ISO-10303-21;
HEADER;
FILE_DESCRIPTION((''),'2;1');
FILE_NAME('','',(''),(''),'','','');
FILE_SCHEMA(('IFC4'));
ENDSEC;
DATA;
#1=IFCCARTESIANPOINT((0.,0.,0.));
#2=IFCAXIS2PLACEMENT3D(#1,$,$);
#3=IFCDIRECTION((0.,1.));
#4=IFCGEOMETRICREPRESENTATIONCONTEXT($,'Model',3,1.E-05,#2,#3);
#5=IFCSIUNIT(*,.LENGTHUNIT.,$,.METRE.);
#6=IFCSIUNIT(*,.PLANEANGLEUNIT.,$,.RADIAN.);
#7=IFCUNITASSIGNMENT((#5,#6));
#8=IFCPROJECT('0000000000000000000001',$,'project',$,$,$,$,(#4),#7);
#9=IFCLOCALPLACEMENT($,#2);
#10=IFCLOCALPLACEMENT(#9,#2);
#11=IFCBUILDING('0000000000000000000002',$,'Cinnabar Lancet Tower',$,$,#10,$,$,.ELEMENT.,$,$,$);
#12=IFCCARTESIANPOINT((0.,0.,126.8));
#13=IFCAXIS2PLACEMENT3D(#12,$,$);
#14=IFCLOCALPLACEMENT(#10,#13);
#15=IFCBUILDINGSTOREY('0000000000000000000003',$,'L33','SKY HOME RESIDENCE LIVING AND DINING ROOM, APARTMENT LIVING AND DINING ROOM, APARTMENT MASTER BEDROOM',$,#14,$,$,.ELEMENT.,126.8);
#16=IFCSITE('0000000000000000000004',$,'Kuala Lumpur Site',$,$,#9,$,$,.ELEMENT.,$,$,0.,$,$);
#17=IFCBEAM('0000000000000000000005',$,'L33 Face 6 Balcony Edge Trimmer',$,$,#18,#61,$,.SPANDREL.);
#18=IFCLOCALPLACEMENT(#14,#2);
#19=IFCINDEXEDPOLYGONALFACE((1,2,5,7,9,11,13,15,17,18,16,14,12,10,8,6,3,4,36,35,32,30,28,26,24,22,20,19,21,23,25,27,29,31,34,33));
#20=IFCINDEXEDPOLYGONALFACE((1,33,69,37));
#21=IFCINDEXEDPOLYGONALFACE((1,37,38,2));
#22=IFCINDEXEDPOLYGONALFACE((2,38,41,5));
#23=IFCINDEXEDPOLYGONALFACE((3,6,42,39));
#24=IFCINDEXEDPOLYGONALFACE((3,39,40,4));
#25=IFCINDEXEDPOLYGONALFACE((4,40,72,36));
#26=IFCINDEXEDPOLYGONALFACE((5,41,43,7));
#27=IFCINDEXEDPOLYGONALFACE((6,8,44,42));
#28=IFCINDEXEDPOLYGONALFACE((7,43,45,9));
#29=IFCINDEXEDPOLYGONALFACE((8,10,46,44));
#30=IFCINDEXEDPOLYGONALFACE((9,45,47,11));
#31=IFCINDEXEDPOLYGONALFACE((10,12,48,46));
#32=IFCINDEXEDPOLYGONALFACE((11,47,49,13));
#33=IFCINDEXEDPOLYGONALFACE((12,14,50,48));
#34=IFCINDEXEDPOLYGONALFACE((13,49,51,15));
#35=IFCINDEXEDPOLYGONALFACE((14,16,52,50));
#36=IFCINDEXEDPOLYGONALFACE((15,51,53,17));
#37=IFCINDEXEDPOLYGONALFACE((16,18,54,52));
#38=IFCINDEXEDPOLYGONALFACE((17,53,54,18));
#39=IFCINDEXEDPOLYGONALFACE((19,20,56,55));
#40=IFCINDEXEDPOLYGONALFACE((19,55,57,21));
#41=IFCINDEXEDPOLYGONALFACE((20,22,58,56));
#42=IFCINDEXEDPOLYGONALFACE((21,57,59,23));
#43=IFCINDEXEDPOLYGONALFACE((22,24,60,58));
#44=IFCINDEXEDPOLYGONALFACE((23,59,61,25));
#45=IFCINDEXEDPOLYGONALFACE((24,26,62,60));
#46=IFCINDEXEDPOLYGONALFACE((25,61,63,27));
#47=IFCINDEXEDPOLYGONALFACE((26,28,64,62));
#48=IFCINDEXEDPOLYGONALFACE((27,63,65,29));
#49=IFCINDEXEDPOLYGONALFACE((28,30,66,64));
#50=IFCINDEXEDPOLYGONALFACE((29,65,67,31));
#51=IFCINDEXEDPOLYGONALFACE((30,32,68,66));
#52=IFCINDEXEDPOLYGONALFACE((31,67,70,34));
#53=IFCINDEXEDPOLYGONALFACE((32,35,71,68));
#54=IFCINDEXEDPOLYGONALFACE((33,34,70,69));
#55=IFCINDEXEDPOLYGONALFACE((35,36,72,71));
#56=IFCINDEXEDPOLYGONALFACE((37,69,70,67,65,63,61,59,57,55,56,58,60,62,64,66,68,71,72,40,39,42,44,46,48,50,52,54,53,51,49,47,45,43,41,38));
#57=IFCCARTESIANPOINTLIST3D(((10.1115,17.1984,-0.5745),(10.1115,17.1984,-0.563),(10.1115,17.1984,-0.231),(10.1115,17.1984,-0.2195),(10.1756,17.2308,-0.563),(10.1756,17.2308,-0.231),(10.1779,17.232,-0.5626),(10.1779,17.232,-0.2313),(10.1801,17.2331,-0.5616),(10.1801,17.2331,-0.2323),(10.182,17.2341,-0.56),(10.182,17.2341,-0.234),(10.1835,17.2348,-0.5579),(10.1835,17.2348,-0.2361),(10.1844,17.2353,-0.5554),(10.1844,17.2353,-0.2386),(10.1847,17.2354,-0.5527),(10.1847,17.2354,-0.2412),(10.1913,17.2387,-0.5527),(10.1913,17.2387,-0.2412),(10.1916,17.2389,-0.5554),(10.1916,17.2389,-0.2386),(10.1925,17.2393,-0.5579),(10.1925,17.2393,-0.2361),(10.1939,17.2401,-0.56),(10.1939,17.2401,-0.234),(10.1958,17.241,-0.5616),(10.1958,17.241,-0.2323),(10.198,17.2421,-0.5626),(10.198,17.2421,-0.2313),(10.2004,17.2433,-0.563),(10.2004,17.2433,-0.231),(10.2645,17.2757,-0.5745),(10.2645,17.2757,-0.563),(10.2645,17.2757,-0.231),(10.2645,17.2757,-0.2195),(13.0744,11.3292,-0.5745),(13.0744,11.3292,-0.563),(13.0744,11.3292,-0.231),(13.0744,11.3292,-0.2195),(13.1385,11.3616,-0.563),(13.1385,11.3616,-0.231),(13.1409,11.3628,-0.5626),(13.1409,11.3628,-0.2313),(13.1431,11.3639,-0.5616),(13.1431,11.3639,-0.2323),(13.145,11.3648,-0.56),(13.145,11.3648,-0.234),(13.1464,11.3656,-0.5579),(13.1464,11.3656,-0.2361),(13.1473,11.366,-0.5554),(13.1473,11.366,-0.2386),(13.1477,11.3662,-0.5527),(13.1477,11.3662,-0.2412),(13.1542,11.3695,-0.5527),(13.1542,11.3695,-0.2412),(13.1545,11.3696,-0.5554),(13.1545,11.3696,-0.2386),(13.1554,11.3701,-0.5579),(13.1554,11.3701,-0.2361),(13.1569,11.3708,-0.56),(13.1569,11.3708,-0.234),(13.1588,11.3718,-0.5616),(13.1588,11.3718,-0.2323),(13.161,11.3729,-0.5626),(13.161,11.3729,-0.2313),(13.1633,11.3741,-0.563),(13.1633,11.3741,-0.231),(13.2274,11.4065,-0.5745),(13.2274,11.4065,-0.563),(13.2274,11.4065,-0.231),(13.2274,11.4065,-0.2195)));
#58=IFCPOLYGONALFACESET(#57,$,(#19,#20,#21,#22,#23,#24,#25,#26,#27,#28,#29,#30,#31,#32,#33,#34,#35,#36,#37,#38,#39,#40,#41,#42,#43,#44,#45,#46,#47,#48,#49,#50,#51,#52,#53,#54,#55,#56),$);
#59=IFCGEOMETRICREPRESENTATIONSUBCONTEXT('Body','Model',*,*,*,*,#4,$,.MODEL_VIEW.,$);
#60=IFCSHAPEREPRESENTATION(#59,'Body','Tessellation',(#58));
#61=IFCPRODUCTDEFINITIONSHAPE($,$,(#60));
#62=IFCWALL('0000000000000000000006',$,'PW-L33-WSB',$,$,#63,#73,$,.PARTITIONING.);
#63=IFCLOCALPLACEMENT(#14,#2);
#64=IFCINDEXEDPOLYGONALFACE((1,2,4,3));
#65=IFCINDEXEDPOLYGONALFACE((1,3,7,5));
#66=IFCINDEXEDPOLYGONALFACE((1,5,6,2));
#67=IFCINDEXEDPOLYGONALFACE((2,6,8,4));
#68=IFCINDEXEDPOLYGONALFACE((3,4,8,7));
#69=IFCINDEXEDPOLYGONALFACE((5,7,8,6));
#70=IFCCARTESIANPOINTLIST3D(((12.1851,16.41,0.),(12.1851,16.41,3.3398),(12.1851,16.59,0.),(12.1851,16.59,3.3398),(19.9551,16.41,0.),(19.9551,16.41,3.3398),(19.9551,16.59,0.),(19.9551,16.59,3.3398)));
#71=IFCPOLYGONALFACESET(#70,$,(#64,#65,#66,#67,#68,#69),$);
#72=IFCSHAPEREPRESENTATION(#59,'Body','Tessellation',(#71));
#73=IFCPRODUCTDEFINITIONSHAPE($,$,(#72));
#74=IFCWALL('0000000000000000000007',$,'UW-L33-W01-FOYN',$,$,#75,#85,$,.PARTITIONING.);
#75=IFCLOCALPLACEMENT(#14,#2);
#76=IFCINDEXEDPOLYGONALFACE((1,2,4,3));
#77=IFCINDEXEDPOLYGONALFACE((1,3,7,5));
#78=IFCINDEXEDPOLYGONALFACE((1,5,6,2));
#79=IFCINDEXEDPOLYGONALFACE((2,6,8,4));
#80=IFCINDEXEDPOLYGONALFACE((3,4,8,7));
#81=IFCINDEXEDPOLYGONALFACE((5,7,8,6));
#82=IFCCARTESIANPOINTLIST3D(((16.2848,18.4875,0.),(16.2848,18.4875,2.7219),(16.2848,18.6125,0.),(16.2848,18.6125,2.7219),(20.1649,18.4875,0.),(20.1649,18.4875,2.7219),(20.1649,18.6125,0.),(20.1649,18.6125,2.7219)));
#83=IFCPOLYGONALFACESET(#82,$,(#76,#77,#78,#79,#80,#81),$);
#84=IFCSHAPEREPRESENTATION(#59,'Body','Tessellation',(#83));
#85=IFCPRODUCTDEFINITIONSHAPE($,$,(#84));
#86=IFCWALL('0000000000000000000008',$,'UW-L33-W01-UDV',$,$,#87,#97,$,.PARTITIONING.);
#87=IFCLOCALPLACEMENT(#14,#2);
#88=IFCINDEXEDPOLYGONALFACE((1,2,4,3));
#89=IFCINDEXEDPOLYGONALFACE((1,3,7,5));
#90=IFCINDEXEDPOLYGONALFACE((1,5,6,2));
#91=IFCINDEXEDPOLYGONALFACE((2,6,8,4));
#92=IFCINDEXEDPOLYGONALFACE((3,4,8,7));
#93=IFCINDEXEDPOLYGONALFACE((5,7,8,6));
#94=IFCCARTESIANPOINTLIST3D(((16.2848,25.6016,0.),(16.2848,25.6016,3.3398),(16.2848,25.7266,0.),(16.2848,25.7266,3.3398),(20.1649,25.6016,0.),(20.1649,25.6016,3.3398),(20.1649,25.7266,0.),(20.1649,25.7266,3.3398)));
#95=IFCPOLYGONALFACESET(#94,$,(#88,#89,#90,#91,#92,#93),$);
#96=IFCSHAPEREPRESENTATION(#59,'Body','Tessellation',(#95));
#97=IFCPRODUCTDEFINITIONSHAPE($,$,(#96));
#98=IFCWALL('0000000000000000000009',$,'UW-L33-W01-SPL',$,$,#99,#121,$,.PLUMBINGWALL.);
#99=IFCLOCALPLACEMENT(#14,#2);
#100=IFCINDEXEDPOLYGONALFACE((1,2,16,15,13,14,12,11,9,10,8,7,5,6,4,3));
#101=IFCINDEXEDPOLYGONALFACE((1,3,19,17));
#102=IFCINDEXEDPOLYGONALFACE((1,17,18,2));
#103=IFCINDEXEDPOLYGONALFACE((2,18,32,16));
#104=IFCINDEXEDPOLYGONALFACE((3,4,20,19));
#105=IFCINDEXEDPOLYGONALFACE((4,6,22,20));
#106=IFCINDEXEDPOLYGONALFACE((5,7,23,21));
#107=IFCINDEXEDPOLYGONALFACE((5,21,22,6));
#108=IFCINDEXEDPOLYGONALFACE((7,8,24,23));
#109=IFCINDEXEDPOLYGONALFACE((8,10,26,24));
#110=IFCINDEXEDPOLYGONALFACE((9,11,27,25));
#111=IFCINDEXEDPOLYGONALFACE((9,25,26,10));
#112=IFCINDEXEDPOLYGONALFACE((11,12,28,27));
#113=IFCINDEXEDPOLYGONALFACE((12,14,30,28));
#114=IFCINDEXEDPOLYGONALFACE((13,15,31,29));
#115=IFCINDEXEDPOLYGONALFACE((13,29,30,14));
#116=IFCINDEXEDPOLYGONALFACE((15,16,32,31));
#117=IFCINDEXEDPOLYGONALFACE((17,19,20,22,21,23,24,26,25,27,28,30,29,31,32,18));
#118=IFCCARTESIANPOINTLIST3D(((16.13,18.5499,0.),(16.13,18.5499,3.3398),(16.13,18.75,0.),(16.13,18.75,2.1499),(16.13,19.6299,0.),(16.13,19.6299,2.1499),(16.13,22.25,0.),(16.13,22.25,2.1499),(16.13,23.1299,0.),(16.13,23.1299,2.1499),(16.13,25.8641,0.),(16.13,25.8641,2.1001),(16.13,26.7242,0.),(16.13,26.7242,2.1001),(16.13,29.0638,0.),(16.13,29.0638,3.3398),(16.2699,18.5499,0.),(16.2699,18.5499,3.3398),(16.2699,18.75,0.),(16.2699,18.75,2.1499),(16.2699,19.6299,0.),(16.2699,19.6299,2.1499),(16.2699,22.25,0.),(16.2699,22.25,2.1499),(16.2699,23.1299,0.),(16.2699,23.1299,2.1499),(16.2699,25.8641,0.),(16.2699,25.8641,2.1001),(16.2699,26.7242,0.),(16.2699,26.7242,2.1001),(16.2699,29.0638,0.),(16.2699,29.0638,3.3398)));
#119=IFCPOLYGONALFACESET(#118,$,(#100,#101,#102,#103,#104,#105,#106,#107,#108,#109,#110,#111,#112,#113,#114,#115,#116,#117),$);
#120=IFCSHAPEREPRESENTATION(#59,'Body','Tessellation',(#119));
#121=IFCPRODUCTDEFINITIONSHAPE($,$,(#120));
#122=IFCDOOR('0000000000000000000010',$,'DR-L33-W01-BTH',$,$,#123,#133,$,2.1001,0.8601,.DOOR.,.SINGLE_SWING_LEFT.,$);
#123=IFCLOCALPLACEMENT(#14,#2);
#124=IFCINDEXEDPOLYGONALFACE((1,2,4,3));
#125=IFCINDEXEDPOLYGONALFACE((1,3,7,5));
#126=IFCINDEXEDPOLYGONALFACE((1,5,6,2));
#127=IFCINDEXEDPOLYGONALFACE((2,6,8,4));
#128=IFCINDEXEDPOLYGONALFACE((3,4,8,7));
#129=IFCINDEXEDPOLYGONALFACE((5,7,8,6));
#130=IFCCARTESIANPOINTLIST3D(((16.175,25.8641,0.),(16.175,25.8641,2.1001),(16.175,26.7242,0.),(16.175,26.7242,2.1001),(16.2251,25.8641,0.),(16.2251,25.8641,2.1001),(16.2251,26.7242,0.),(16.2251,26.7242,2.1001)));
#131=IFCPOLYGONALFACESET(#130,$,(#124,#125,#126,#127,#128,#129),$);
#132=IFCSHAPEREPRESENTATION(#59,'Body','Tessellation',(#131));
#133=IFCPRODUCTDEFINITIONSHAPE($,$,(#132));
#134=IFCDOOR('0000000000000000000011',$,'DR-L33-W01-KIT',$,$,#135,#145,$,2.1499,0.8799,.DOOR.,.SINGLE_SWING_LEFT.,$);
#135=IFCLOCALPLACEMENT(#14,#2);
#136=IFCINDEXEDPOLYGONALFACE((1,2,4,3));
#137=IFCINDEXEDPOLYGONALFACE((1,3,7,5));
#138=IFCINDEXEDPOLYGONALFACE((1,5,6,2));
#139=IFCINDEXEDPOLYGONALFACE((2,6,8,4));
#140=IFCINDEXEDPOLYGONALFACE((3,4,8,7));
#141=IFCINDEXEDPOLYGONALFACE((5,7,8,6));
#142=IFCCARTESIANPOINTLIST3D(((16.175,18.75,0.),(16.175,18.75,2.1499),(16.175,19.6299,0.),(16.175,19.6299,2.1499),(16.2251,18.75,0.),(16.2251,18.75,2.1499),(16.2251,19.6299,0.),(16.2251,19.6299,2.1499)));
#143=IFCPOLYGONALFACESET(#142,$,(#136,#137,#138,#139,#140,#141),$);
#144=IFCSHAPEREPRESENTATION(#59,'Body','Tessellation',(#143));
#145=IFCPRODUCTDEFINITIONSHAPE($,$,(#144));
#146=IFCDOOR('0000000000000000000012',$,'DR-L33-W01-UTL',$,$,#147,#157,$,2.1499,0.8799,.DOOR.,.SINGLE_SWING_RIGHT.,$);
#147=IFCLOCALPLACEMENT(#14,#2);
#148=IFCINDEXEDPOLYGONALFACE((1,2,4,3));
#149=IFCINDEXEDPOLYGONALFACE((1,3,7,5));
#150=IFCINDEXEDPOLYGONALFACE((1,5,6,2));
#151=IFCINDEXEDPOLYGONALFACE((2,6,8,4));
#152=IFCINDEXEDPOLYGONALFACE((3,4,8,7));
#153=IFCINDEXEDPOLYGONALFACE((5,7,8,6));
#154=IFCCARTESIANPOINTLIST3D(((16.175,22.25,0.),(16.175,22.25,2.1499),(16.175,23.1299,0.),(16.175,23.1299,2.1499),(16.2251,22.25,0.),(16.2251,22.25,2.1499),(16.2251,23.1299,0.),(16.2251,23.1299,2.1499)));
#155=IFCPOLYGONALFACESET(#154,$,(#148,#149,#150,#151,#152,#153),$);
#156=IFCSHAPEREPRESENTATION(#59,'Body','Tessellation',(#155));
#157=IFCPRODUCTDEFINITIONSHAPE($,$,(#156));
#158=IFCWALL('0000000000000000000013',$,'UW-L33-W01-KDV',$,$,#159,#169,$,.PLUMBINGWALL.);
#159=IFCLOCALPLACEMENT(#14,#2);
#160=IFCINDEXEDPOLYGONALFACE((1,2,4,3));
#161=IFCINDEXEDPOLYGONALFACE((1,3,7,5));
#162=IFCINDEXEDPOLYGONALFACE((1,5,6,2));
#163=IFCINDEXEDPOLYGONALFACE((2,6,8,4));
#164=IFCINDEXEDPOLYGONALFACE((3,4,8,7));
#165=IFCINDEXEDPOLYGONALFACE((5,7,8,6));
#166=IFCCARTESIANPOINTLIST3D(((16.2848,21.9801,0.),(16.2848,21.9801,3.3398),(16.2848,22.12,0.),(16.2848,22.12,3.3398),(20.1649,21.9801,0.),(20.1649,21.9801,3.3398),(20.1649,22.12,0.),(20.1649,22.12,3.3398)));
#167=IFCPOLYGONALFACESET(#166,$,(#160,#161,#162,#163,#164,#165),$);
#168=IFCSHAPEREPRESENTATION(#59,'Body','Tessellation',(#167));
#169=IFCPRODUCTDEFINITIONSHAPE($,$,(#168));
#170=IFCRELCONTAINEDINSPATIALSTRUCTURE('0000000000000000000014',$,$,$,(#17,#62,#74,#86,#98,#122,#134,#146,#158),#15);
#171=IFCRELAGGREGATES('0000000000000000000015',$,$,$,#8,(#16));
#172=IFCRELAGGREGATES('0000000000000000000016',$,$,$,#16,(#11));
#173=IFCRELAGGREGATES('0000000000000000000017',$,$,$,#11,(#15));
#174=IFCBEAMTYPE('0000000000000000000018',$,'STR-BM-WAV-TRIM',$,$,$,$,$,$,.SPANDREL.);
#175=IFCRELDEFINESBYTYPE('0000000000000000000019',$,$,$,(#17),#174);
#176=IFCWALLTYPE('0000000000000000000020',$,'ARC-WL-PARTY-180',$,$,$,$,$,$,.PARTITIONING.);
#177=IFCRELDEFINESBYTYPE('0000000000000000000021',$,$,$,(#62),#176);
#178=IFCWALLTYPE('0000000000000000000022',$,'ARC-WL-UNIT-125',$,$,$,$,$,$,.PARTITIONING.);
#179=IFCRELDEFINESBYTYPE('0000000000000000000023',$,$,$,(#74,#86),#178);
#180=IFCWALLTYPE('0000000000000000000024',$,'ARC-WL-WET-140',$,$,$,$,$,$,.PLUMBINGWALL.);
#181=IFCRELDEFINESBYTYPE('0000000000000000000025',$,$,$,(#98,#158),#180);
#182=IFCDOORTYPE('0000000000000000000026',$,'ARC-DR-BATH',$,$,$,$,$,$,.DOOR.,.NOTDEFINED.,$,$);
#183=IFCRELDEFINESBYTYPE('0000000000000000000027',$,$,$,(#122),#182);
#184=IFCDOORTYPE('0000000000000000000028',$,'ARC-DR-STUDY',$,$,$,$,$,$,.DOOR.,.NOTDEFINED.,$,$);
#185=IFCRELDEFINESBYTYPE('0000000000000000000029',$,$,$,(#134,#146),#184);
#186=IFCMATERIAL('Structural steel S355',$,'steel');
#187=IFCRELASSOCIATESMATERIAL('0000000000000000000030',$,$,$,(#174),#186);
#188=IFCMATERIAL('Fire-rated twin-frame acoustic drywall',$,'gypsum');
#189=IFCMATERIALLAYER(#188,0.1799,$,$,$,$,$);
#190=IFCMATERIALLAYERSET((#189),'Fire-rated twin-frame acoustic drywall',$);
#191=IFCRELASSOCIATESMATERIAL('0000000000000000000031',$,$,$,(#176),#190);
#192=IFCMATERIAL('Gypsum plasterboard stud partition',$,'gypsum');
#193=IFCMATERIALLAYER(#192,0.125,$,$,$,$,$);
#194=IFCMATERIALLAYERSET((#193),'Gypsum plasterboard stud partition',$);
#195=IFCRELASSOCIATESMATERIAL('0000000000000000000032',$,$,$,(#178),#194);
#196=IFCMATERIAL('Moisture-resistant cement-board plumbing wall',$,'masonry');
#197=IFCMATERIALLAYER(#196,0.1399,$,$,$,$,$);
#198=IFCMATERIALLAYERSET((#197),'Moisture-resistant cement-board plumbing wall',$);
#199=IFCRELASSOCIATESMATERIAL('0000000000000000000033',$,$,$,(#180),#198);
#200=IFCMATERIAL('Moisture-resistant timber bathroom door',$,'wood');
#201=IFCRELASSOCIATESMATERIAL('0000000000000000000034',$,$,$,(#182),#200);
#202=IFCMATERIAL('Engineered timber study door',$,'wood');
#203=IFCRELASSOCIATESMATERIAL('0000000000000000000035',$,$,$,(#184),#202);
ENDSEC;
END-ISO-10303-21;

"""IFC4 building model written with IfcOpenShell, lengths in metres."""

from ifc_helpers import new_model, si_unit, direction, frame, frame_2d, origin, origin_2d, place, context, subcontext, project, spatial, rectangle, i_section, extrude, material, layer, layer_set, material_profile, profile_set, type_object, element, fill, save


model = new_model("IFC4")

# Units and contexts
model_context = context("Model", 3, precision=1e-05, world=origin(), true_north=direction((0.0, 1.0)))
body_context = subcontext(model_context, "Body", "Model", "MODEL_VIEW")
ifc_project = project(units=[si_unit("LENGTHUNIT", "METRE"), si_unit("PLANEANGLEUNIT", "RADIAN")], contexts=[model_context])

# Site, building, storey
site_placement = place(None, origin())
site = spatial("IfcSite", under=ifc_project, at=site_placement, Name="Kuala Lumpur Site", CompositionType="ELEMENT", RefElevation=0.0)
building_placement = place(site_placement, origin())
building = spatial("IfcBuilding", under=site, at=building_placement, Name="Cinnabar Lancet Tower", CompositionType="ELEMENT")
storey_placement = place(building_placement, frame((0.0, 0.0, 126.8)))
storey = spatial("IfcBuildingStorey", under=building, at=storey_placement, Name="L33", Description="SKY HOME RESIDENCE LIVING AND DINING ROOM, APARTMENT LIVING AND DINING ROOM, APARTMENT MASTER BEDROOM", CompositionType="ELEMENT", Elevation=126.8)

# Beam
ifc_material_1 = material(Name="Structural steel S355", Category="steel")
ifc_material_profile_1 = material_profile(ifc_material_1, i_section(OverallWidth=0.1714, OverallDepth=0.355, WebThickness=0.0073, FlangeThickness=0.0115, FilletRadius=0.0103, at=origin_2d()), Name="UKB 356x171x51")
ifc_profile_set_1 = profile_set([ifc_material_profile_1], Name="Structural steel S355")
beam_type_1 = type_object("IfcBeamType", Name="STR-BM-WAV-TRIM", PredefinedType="SPANDREL", material=ifc_profile_set_1)
beam_1_placement = place(storey_placement, frame((10.188, 17.2371, -0.397), z_axis=(0.450656, -0.892698, 0.0), x_axis=(0.892698, 0.450656, 0.0)))
element("IfcBeam", 1, at=beam_1_placement, inside=storey, type_object=beam_type_1, Name="L33 Face 6 Balcony Edge Trimmer", PredefinedType="SPANDREL", context=body_context, shape_type="SweptSolid", body=[
    extrude(i_section(OverallWidth=0.1714, OverallDepth=0.355, WebThickness=0.0073, FlangeThickness=0.0115, FilletRadius=0.0103, at=origin_2d()), origin(), (0.0, 0.0, 1.0), 6.5747),
])

# Walls
ifc_material_2 = material(Name="Fire-rated twin-frame acoustic drywall", Category="gypsum")
ifc_layer_1 = layer(ifc_material_2, 0.1799)
ifc_layer_set_1 = layer_set([ifc_layer_1], Name="Fire-rated twin-frame acoustic drywall")
wall_type_1 = type_object("IfcWallType", Name="ARC-WL-PARTY-180", PredefinedType="PARTITIONING", material=ifc_layer_set_1)
wall_1_placement = place(storey_placement, frame((12.1851, 16.5, 0.0), z_axis=(0.0, 0.0, 1.0), x_axis=(1.0, 0.0, 0.0)))
element("IfcWall", 2, at=wall_1_placement, inside=storey, type_object=wall_type_1, Name="PW-L33-WSB", PredefinedType="PARTITIONING", context=body_context, shape_type="SweptSolid", body=[
    extrude(rectangle(XDim=7.77, YDim=0.1799, at=frame_2d((3.885, 0.0))), origin(), (0.0, 0.0, 1.0), 3.3398),
])
ifc_material_3 = material(Name="Gypsum plasterboard stud partition", Category="gypsum")
ifc_layer_2 = layer(ifc_material_3, 0.125)
ifc_layer_set_2 = layer_set([ifc_layer_2], Name="Gypsum plasterboard stud partition")
wall_type_2 = type_object("IfcWallType", Name="ARC-WL-UNIT-125", PredefinedType="PARTITIONING", material=ifc_layer_set_2)
wall_2_placement = place(storey_placement, frame((16.2849, 18.55, 0.0), z_axis=(0.0, 0.0, 1.0), x_axis=(1.0, 0.0, 0.0)))
element("IfcWall", 3, at=wall_2_placement, inside=storey, type_object=wall_type_2, Name="UW-L33-W01-FOYN", PredefinedType="PARTITIONING", context=body_context, shape_type="SweptSolid", body=[
    extrude(rectangle(XDim=3.8801, YDim=0.125, at=frame_2d((1.9399, 0.0))), origin(), (0.0, 0.0, 1.0), 2.7219),
])
wall_3_placement = place(storey_placement, frame((16.2849, 25.6641, 0.0), z_axis=(0.0, 0.0, 1.0), x_axis=(1.0, 0.0, 0.0)))
element("IfcWall", 4, at=wall_3_placement, inside=storey, type_object=wall_type_2, Name="UW-L33-W01-UDV", PredefinedType="PARTITIONING", context=body_context, shape_type="SweptSolid", body=[
    extrude(rectangle(XDim=3.8801, YDim=0.125, at=frame_2d((1.9399, 0.0))), origin(), (0.0, 0.0, 1.0), 3.3398),
])

# Wall, openings, doors
ifc_material_4 = material(Name="Moisture-resistant cement-board plumbing wall", Category="masonry")
ifc_layer_3 = layer(ifc_material_4, 0.1399)
ifc_layer_set_3 = layer_set([ifc_layer_3], Name="Moisture-resistant cement-board plumbing wall")
wall_type_3 = type_object("IfcWallType", Name="ARC-WL-WET-140", PredefinedType="PLUMBINGWALL", material=ifc_layer_set_3)
wall_4_placement = place(storey_placement, frame((16.2, 18.55, 0.0), z_axis=(0.0, 0.0, 1.0), x_axis=(0.0, 1.0, 0.0)))
wall_4 = element("IfcWall", 5, at=wall_4_placement, inside=storey, type_object=wall_type_3, Name="UW-L33-W01-SPL", PredefinedType="PLUMBINGWALL", context=body_context, shape_type="SweptSolid", body=[
    extrude(rectangle(XDim=10.5139, YDim=0.1399, at=frame_2d((5.2568, 0.0))), origin(), (0.0, 0.0, 1.0), 3.3398),
])
opening_1_placement = place(wall_4_placement, frame((0.2, 0.0, 0.0)))
opening_1 = element("IfcOpeningElement", 6, at=opening_1_placement, cuts=wall_4, PredefinedType="OPENING", context=body_context, shape_type="SweptSolid", body=[
    extrude(rectangle(XDim=0.8799, YDim=2.1499, at=frame_2d((0.4399, 1.075))), frame((0.0, 0.0798, 0.0), z_axis=(0.0, -1.0, 0.0), x_axis=(1.0, 0.0, 0.0)), (0.0, 0.0, 1.0), 0.1599),
])
opening_2_placement = place(wall_4_placement, frame((3.7, 0.0, 0.0)))
opening_2 = element("IfcOpeningElement", 7, at=opening_2_placement, cuts=wall_4, PredefinedType="OPENING", context=body_context, shape_type="SweptSolid", body=[
    extrude(rectangle(XDim=0.8799, YDim=2.1499, at=frame_2d((0.4399, 1.075))), frame((0.0, 0.0798, 0.0), z_axis=(0.0, -1.0, 0.0), x_axis=(1.0, 0.0, 0.0)), (0.0, 0.0, 1.0), 0.1599),
])
opening_3_placement = place(wall_4_placement, frame((7.314, 0.0, 0.0)))
opening_3 = element("IfcOpeningElement", 8, at=opening_3_placement, cuts=wall_4, PredefinedType="OPENING", context=body_context, shape_type="SweptSolid", body=[
    extrude(rectangle(XDim=0.8601, YDim=2.1001, at=frame_2d((0.4302, 1.05))), frame((0.0, 0.0798, 0.0), z_axis=(0.0, -1.0, 0.0), x_axis=(1.0, 0.0, 0.0)), (0.0, 0.0, 1.0), 0.1599),
])
ifc_material_5 = material(Name="Moisture-resistant timber bathroom door", Category="wood")
door_type_1 = type_object("IfcDoorType", Name="ARC-DR-BATH", OperationType="NOTDEFINED", PredefinedType="DOOR", material=ifc_material_5)
door_1_placement = place(opening_3_placement, origin())
door_1 = element("IfcDoor", 9, at=door_1_placement, inside=storey, type_object=door_type_1, Name="DR-L33-W01-BTH", OperationType="SINGLE_SWING_LEFT", OverallHeight=2.1001, OverallWidth=0.8601, PredefinedType="DOOR", context=body_context, shape_type="SweptSolid", body=[
    extrude(rectangle(XDim=0.8601, YDim=2.1001, at=frame_2d((0.4302, 1.05))), frame((0.0, 0.0249, 0.0), z_axis=(0.0, -1.0, 0.0), x_axis=(1.0, 0.0, 0.0)), (0.0, 0.0, 1.0), 0.05),
])
fill(opening_3, door_1)
ifc_material_6 = material(Name="Engineered timber study door", Category="wood")
door_type_2 = type_object("IfcDoorType", Name="ARC-DR-STUDY", OperationType="NOTDEFINED", PredefinedType="DOOR", material=ifc_material_6)
door_2_placement = place(opening_1_placement, origin())
door_2 = element("IfcDoor", 10, at=door_2_placement, inside=storey, type_object=door_type_2, Name="DR-L33-W01-KIT", OperationType="SINGLE_SWING_LEFT", OverallHeight=2.1499, OverallWidth=0.8799, PredefinedType="DOOR", context=body_context, shape_type="SweptSolid", body=[
    extrude(rectangle(XDim=0.8799, YDim=2.1499, at=frame_2d((0.4399, 1.075))), frame((0.0, 0.0249, 0.0), z_axis=(0.0, -1.0, 0.0), x_axis=(1.0, 0.0, 0.0)), (0.0, 0.0, 1.0), 0.05),
])
fill(opening_1, door_2)
door_3_placement = place(opening_2_placement, origin())
door_3 = element("IfcDoor", 11, at=door_3_placement, inside=storey, type_object=door_type_2, Name="DR-L33-W01-UTL", OperationType="SINGLE_SWING_RIGHT", OverallHeight=2.1499, OverallWidth=0.8799, PredefinedType="DOOR", context=body_context, shape_type="SweptSolid", body=[
    extrude(rectangle(XDim=0.8799, YDim=2.1499, at=frame_2d((0.4399, 1.075))), frame((0.0, 0.0249, 0.0), z_axis=(0.0, -1.0, 0.0), x_axis=(1.0, 0.0, 0.0)), (0.0, 0.0, 1.0), 0.05),
])
fill(opening_2, door_3)

# Wall
wall_5_placement = place(storey_placement, frame((16.2849, 22.05, 0.0), z_axis=(0.0, 0.0, 1.0), x_axis=(1.0, 0.0, 0.0)))
element("IfcWall", 12, at=wall_5_placement, inside=storey, type_object=wall_type_3, Name="UW-L33-W01-KDV", PredefinedType="PLUMBINGWALL", context=body_context, shape_type="SweptSolid", body=[
    extrude(rectangle(XDim=3.8801, YDim=0.1399, at=frame_2d((1.9399, 0.0))), origin(), (0.0, 0.0, 1.0), 3.3398),
])

save(model, "model.ifc")
